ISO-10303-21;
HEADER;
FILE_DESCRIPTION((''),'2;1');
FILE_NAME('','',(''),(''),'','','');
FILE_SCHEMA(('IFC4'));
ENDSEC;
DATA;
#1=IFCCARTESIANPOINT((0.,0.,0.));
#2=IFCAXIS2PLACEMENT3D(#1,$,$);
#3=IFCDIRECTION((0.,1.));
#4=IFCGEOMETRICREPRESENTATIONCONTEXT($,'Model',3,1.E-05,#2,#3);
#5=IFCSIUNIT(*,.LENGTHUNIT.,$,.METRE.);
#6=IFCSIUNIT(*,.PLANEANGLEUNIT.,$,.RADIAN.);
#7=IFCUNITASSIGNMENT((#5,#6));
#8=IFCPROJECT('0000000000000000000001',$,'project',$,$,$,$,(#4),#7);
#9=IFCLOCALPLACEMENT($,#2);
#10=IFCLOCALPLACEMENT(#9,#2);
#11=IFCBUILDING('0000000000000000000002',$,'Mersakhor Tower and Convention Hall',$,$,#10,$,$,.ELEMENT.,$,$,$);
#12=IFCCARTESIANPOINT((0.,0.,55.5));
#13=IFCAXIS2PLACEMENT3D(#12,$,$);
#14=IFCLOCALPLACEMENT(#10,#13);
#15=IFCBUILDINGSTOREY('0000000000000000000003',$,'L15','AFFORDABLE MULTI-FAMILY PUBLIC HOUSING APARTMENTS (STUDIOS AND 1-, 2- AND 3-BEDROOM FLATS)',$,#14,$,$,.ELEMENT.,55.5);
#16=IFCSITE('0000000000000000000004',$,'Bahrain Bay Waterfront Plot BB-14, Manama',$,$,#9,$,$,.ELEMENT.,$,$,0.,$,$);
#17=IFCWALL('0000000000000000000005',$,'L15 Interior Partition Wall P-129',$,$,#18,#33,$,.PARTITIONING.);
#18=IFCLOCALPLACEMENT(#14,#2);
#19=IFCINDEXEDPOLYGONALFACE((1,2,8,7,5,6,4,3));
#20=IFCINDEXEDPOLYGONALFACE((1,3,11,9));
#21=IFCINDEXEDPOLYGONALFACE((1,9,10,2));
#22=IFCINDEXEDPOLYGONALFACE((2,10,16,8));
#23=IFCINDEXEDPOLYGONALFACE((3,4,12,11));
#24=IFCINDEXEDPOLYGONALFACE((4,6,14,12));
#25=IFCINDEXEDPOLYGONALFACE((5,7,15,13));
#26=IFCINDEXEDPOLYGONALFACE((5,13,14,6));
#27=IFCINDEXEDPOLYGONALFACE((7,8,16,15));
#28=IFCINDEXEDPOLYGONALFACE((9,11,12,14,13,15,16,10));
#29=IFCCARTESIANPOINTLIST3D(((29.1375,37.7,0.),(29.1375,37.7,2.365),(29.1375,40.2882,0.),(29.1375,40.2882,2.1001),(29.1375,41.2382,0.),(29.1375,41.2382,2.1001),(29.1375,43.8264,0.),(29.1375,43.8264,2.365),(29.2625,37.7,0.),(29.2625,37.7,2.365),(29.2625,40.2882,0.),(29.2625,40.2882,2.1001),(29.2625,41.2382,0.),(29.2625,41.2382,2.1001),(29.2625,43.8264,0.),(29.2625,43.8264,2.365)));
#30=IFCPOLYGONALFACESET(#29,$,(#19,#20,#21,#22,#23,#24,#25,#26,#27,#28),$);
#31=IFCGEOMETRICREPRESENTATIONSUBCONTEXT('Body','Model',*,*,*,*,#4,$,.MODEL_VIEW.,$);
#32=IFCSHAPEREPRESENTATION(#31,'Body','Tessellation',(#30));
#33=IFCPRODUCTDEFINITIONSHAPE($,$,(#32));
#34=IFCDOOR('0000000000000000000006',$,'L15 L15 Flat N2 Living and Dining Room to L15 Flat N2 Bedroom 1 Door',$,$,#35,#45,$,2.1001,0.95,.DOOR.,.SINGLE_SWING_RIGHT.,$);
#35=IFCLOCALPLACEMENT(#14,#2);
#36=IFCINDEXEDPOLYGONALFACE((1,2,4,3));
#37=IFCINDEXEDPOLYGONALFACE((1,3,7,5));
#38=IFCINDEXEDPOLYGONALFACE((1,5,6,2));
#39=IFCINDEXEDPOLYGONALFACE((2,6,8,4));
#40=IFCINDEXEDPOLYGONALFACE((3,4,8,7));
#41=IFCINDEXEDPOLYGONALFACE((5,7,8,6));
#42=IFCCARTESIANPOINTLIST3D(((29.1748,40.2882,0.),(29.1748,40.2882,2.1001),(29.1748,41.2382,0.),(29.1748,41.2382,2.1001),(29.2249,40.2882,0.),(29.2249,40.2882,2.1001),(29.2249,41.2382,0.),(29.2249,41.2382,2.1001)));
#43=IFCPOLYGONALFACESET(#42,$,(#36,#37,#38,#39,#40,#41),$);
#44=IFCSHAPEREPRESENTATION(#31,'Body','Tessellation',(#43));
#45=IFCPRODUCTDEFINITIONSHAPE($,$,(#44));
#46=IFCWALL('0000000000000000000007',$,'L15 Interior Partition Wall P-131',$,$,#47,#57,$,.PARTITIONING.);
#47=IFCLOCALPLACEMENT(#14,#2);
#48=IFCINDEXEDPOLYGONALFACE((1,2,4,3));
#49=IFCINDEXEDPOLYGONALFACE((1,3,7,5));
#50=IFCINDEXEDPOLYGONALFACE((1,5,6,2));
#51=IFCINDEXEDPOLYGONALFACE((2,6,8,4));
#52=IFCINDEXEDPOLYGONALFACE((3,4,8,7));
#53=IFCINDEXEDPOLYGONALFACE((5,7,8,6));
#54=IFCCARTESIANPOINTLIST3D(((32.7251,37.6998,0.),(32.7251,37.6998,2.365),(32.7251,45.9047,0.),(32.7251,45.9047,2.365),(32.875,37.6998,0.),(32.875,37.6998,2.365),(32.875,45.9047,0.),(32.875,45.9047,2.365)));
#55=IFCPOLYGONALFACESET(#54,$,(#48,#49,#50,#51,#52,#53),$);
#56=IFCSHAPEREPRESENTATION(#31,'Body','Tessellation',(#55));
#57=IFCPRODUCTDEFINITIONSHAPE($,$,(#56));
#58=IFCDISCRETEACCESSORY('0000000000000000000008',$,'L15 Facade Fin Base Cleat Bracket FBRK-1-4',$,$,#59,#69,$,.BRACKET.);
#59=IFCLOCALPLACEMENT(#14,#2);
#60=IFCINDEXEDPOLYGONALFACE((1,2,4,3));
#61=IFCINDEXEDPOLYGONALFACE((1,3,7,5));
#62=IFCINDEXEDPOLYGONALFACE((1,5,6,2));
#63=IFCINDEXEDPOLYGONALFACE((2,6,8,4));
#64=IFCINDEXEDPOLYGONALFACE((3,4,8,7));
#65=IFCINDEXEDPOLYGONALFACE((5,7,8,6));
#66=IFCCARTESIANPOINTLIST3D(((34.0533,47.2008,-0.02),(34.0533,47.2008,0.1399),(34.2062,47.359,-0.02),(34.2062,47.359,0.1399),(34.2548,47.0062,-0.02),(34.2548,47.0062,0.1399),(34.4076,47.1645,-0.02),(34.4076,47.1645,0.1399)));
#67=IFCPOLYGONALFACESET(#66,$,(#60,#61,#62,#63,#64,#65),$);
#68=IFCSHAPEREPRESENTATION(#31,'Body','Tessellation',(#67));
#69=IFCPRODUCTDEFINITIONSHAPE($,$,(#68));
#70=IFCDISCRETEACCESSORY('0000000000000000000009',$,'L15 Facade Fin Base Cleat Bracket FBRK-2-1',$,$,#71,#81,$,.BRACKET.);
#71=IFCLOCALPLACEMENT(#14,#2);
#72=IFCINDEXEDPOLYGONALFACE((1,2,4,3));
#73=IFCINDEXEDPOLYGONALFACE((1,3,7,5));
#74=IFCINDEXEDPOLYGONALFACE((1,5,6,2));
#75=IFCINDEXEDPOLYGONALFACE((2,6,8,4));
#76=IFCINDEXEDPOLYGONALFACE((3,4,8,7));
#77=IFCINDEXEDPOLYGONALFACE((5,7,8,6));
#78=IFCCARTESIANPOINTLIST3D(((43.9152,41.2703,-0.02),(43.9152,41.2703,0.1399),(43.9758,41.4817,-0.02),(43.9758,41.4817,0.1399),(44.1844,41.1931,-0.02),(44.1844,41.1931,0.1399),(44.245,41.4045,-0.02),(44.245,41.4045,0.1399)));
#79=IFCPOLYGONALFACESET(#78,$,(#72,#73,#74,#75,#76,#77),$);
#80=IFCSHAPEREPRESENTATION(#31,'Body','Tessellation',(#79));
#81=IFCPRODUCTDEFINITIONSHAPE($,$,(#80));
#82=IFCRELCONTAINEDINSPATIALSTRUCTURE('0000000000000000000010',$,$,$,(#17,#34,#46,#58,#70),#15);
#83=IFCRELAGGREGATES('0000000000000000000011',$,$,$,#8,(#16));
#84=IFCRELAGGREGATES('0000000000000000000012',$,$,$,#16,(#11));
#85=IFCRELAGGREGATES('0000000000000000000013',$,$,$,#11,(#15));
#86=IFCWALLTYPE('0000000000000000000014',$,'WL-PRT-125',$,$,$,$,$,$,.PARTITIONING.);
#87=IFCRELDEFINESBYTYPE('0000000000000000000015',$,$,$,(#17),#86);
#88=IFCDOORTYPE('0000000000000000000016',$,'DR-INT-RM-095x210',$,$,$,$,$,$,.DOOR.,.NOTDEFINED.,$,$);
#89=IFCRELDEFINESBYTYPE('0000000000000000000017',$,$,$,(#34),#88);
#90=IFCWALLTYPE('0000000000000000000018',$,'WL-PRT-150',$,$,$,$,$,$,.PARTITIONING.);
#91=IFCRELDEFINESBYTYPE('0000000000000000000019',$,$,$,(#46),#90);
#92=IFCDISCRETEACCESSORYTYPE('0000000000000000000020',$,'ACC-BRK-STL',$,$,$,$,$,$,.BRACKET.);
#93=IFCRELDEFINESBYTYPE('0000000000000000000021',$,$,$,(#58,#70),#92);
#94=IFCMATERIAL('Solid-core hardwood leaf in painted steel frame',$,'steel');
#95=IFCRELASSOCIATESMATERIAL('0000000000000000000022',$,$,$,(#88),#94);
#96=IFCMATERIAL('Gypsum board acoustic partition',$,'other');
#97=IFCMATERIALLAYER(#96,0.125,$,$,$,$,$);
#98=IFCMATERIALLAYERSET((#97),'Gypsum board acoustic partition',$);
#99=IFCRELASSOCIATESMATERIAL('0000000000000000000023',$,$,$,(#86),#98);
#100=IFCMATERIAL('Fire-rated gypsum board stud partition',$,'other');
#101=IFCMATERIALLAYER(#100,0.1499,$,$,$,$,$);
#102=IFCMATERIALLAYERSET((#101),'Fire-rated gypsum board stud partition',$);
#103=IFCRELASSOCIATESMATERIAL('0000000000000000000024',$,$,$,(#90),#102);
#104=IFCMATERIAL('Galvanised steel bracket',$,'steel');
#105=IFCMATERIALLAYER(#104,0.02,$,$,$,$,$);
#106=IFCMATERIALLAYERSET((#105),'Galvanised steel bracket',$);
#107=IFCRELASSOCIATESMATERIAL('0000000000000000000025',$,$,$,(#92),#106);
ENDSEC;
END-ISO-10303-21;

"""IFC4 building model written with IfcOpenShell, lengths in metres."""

from ifc_helpers import new_model, si_unit, direction, frame, frame_2d, origin, origin_2d, place, context, subcontext, project, spatial, rectangle, extrude, material, layer, layer_set, type_object, element, fill, save


model = new_model("IFC4")

# Units and contexts
model_context = context("Model", 3, precision=1e-05, world=origin(), true_north=direction((0.0, 1.0)))
body_context = subcontext(model_context, "Body", "Model", "MODEL_VIEW")
ifc_project = project(units=[si_unit("LENGTHUNIT", "METRE"), si_unit("PLANEANGLEUNIT", "RADIAN")], contexts=[model_context])

# Site, building, storey
site_placement = place(None, origin())
site = spatial("IfcSite", under=ifc_project, at=site_placement, Name="Bahrain Bay Waterfront Plot BB-14, Manama", CompositionType="ELEMENT", RefElevation=0.0)
building_placement = place(site_placement, origin())
building = spatial("IfcBuilding", under=site, at=building_placement, Name="Mersakhor Tower and Convention Hall", CompositionType="ELEMENT")
storey_placement = place(building_placement, frame((0.0, 0.0, 55.5)))
storey = spatial("IfcBuildingStorey", under=building, at=storey_placement, Name="L15", Description="AFFORDABLE MULTI-FAMILY PUBLIC HOUSING APARTMENTS (STUDIOS AND 1-, 2- AND 3-BEDROOM FLATS)", CompositionType="ELEMENT", Elevation=55.5)

# Wall, opening, door
ifc_material_1 = material(Name="Solid-core hardwood leaf in painted steel frame", Category="steel")
door_type_1 = type_object("IfcDoorType", Name="DR-INT-RM-095x210", OperationType="NOTDEFINED", PredefinedType="DOOR", material=ifc_material_1)
ifc_material_2 = material(Name="Gypsum board acoustic partition", Category="other")
ifc_layer_1 = layer(ifc_material_2, 0.125)
ifc_layer_set_1 = layer_set([ifc_layer_1], Name="Gypsum board acoustic partition")
wall_type_1 = type_object("IfcWallType", Name="WL-PRT-125", PredefinedType="PARTITIONING", material=ifc_layer_set_1)
wall_1_placement = place(storey_placement, frame((29.2, 43.8264, 0.0), z_axis=(0.0, 0.0, 1.0), x_axis=(0.0, -1.0, 0.0)))
wall_1 = element("IfcWall", 1, at=wall_1_placement, inside=storey, type_object=wall_type_1, Name="L15 Interior Partition Wall P-129", PredefinedType="PARTITIONING", context=body_context, shape_type="SweptSolid", body=[
    extrude(rectangle(XDim=6.1265, YDim=0.125, at=frame_2d((3.0632, 0.0))), origin(), (0.0, 0.0, 1.0), 2.365),
])
opening_1_placement = place(wall_1_placement, frame((2.5881, 0.0, 0.0)))
opening_1 = element("IfcOpeningElement", 2, at=opening_1_placement, cuts=wall_1, PredefinedType="OPENING", context=body_context, shape_type="SweptSolid", body=[
    extrude(rectangle(XDim=0.95, YDim=2.1001, at=frame_2d((0.4751, 1.05))), frame((0.0, 0.0725, 0.0), z_axis=(0.0, -1.0, 0.0), x_axis=(1.0, 0.0, 0.0)), (0.0, 0.0, 1.0), 0.145),
])
door_1_placement = place(opening_1_placement, origin())
door_1 = element("IfcDoor", 3, at=door_1_placement, inside=storey, type_object=door_type_1, Name="L15 L15 Flat N2 Living and Dining Room to L15 Flat N2 Bedroom 1 Door", OperationType="SINGLE_SWING_RIGHT", OverallHeight=2.1001, OverallWidth=0.95, PredefinedType="DOOR", context=body_context, shape_type="SweptSolid", body=[
    extrude(rectangle(XDim=0.95, YDim=2.1001, at=frame_2d((0.4751, 1.05))), frame((0.0, 0.0249, 0.0), z_axis=(0.0, -1.0, 0.0), x_axis=(1.0, 0.0, 0.0)), (0.0, 0.0, 1.0), 0.05),
])
fill(opening_1, door_1)

# Wall
ifc_material_3 = material(Name="Fire-rated gypsum board stud partition", Category="other")
ifc_layer_2 = layer(ifc_material_3, 0.1499)
ifc_layer_set_2 = layer_set([ifc_layer_2], Name="Fire-rated gypsum board stud partition")
wall_type_2 = type_object("IfcWallType", Name="WL-PRT-150", PredefinedType="PARTITIONING", material=ifc_layer_set_2)
wall_2_placement = place(storey_placement, frame((32.8, 45.9048, 0.0), z_axis=(0.0, 0.0, 1.0), x_axis=(0.0, -1.0, 0.0)))
element("IfcWall", 4, at=wall_2_placement, inside=storey, type_object=wall_type_2, Name="L15 Interior Partition Wall P-131", PredefinedType="PARTITIONING", context=body_context, shape_type="SweptSolid", body=[
    extrude(rectangle(XDim=8.2048, YDim=0.1499, at=frame_2d((4.1025, 0.0))), origin(), (0.0, 0.0, 1.0), 2.365),
])

# Discrete accessories
ifc_material_4 = material(Name="Galvanised steel bracket", Category="steel")
ifc_layer_3 = layer(ifc_material_4, 0.02)
ifc_layer_set_3 = layer_set([ifc_layer_3], Name="Galvanised steel bracket")
discrete_accessory_type = type_object("IfcDiscreteAccessoryType", Name="ACC-BRK-STL", PredefinedType="BRACKET", material=ifc_layer_set_3)
for number, where, z_axis, x_axis, name in (
    (5, (34.2305, 47.1826, -0.02), (0.0, 0.0, 1.0), (-0.71934, 0.694658, 0.0), "L15 Facade Fin Base Cleat Bracket FBRK-1-4"),
    (6, (44.0801, 41.3374, -0.02), (0.0, 0.0, 1.0), (0.961262, -0.275637, 0.0), "L15 Facade Fin Base Cleat Bracket FBRK-2-1"),
):
    element("IfcDiscreteAccessory", number, at=place(storey_placement, frame(where, z_axis=z_axis, x_axis=x_axis)), inside=storey, type_object=discrete_accessory_type, Name=name, PredefinedType="BRACKET", context=body_context, shape_type="SweptSolid", body=[
        extrude(rectangle(XDim=0.28, YDim=0.22, at=origin_2d()), origin(), (0.0, 0.0, 1.0), 0.1599),
    ])

save(model, "model.ifc")
